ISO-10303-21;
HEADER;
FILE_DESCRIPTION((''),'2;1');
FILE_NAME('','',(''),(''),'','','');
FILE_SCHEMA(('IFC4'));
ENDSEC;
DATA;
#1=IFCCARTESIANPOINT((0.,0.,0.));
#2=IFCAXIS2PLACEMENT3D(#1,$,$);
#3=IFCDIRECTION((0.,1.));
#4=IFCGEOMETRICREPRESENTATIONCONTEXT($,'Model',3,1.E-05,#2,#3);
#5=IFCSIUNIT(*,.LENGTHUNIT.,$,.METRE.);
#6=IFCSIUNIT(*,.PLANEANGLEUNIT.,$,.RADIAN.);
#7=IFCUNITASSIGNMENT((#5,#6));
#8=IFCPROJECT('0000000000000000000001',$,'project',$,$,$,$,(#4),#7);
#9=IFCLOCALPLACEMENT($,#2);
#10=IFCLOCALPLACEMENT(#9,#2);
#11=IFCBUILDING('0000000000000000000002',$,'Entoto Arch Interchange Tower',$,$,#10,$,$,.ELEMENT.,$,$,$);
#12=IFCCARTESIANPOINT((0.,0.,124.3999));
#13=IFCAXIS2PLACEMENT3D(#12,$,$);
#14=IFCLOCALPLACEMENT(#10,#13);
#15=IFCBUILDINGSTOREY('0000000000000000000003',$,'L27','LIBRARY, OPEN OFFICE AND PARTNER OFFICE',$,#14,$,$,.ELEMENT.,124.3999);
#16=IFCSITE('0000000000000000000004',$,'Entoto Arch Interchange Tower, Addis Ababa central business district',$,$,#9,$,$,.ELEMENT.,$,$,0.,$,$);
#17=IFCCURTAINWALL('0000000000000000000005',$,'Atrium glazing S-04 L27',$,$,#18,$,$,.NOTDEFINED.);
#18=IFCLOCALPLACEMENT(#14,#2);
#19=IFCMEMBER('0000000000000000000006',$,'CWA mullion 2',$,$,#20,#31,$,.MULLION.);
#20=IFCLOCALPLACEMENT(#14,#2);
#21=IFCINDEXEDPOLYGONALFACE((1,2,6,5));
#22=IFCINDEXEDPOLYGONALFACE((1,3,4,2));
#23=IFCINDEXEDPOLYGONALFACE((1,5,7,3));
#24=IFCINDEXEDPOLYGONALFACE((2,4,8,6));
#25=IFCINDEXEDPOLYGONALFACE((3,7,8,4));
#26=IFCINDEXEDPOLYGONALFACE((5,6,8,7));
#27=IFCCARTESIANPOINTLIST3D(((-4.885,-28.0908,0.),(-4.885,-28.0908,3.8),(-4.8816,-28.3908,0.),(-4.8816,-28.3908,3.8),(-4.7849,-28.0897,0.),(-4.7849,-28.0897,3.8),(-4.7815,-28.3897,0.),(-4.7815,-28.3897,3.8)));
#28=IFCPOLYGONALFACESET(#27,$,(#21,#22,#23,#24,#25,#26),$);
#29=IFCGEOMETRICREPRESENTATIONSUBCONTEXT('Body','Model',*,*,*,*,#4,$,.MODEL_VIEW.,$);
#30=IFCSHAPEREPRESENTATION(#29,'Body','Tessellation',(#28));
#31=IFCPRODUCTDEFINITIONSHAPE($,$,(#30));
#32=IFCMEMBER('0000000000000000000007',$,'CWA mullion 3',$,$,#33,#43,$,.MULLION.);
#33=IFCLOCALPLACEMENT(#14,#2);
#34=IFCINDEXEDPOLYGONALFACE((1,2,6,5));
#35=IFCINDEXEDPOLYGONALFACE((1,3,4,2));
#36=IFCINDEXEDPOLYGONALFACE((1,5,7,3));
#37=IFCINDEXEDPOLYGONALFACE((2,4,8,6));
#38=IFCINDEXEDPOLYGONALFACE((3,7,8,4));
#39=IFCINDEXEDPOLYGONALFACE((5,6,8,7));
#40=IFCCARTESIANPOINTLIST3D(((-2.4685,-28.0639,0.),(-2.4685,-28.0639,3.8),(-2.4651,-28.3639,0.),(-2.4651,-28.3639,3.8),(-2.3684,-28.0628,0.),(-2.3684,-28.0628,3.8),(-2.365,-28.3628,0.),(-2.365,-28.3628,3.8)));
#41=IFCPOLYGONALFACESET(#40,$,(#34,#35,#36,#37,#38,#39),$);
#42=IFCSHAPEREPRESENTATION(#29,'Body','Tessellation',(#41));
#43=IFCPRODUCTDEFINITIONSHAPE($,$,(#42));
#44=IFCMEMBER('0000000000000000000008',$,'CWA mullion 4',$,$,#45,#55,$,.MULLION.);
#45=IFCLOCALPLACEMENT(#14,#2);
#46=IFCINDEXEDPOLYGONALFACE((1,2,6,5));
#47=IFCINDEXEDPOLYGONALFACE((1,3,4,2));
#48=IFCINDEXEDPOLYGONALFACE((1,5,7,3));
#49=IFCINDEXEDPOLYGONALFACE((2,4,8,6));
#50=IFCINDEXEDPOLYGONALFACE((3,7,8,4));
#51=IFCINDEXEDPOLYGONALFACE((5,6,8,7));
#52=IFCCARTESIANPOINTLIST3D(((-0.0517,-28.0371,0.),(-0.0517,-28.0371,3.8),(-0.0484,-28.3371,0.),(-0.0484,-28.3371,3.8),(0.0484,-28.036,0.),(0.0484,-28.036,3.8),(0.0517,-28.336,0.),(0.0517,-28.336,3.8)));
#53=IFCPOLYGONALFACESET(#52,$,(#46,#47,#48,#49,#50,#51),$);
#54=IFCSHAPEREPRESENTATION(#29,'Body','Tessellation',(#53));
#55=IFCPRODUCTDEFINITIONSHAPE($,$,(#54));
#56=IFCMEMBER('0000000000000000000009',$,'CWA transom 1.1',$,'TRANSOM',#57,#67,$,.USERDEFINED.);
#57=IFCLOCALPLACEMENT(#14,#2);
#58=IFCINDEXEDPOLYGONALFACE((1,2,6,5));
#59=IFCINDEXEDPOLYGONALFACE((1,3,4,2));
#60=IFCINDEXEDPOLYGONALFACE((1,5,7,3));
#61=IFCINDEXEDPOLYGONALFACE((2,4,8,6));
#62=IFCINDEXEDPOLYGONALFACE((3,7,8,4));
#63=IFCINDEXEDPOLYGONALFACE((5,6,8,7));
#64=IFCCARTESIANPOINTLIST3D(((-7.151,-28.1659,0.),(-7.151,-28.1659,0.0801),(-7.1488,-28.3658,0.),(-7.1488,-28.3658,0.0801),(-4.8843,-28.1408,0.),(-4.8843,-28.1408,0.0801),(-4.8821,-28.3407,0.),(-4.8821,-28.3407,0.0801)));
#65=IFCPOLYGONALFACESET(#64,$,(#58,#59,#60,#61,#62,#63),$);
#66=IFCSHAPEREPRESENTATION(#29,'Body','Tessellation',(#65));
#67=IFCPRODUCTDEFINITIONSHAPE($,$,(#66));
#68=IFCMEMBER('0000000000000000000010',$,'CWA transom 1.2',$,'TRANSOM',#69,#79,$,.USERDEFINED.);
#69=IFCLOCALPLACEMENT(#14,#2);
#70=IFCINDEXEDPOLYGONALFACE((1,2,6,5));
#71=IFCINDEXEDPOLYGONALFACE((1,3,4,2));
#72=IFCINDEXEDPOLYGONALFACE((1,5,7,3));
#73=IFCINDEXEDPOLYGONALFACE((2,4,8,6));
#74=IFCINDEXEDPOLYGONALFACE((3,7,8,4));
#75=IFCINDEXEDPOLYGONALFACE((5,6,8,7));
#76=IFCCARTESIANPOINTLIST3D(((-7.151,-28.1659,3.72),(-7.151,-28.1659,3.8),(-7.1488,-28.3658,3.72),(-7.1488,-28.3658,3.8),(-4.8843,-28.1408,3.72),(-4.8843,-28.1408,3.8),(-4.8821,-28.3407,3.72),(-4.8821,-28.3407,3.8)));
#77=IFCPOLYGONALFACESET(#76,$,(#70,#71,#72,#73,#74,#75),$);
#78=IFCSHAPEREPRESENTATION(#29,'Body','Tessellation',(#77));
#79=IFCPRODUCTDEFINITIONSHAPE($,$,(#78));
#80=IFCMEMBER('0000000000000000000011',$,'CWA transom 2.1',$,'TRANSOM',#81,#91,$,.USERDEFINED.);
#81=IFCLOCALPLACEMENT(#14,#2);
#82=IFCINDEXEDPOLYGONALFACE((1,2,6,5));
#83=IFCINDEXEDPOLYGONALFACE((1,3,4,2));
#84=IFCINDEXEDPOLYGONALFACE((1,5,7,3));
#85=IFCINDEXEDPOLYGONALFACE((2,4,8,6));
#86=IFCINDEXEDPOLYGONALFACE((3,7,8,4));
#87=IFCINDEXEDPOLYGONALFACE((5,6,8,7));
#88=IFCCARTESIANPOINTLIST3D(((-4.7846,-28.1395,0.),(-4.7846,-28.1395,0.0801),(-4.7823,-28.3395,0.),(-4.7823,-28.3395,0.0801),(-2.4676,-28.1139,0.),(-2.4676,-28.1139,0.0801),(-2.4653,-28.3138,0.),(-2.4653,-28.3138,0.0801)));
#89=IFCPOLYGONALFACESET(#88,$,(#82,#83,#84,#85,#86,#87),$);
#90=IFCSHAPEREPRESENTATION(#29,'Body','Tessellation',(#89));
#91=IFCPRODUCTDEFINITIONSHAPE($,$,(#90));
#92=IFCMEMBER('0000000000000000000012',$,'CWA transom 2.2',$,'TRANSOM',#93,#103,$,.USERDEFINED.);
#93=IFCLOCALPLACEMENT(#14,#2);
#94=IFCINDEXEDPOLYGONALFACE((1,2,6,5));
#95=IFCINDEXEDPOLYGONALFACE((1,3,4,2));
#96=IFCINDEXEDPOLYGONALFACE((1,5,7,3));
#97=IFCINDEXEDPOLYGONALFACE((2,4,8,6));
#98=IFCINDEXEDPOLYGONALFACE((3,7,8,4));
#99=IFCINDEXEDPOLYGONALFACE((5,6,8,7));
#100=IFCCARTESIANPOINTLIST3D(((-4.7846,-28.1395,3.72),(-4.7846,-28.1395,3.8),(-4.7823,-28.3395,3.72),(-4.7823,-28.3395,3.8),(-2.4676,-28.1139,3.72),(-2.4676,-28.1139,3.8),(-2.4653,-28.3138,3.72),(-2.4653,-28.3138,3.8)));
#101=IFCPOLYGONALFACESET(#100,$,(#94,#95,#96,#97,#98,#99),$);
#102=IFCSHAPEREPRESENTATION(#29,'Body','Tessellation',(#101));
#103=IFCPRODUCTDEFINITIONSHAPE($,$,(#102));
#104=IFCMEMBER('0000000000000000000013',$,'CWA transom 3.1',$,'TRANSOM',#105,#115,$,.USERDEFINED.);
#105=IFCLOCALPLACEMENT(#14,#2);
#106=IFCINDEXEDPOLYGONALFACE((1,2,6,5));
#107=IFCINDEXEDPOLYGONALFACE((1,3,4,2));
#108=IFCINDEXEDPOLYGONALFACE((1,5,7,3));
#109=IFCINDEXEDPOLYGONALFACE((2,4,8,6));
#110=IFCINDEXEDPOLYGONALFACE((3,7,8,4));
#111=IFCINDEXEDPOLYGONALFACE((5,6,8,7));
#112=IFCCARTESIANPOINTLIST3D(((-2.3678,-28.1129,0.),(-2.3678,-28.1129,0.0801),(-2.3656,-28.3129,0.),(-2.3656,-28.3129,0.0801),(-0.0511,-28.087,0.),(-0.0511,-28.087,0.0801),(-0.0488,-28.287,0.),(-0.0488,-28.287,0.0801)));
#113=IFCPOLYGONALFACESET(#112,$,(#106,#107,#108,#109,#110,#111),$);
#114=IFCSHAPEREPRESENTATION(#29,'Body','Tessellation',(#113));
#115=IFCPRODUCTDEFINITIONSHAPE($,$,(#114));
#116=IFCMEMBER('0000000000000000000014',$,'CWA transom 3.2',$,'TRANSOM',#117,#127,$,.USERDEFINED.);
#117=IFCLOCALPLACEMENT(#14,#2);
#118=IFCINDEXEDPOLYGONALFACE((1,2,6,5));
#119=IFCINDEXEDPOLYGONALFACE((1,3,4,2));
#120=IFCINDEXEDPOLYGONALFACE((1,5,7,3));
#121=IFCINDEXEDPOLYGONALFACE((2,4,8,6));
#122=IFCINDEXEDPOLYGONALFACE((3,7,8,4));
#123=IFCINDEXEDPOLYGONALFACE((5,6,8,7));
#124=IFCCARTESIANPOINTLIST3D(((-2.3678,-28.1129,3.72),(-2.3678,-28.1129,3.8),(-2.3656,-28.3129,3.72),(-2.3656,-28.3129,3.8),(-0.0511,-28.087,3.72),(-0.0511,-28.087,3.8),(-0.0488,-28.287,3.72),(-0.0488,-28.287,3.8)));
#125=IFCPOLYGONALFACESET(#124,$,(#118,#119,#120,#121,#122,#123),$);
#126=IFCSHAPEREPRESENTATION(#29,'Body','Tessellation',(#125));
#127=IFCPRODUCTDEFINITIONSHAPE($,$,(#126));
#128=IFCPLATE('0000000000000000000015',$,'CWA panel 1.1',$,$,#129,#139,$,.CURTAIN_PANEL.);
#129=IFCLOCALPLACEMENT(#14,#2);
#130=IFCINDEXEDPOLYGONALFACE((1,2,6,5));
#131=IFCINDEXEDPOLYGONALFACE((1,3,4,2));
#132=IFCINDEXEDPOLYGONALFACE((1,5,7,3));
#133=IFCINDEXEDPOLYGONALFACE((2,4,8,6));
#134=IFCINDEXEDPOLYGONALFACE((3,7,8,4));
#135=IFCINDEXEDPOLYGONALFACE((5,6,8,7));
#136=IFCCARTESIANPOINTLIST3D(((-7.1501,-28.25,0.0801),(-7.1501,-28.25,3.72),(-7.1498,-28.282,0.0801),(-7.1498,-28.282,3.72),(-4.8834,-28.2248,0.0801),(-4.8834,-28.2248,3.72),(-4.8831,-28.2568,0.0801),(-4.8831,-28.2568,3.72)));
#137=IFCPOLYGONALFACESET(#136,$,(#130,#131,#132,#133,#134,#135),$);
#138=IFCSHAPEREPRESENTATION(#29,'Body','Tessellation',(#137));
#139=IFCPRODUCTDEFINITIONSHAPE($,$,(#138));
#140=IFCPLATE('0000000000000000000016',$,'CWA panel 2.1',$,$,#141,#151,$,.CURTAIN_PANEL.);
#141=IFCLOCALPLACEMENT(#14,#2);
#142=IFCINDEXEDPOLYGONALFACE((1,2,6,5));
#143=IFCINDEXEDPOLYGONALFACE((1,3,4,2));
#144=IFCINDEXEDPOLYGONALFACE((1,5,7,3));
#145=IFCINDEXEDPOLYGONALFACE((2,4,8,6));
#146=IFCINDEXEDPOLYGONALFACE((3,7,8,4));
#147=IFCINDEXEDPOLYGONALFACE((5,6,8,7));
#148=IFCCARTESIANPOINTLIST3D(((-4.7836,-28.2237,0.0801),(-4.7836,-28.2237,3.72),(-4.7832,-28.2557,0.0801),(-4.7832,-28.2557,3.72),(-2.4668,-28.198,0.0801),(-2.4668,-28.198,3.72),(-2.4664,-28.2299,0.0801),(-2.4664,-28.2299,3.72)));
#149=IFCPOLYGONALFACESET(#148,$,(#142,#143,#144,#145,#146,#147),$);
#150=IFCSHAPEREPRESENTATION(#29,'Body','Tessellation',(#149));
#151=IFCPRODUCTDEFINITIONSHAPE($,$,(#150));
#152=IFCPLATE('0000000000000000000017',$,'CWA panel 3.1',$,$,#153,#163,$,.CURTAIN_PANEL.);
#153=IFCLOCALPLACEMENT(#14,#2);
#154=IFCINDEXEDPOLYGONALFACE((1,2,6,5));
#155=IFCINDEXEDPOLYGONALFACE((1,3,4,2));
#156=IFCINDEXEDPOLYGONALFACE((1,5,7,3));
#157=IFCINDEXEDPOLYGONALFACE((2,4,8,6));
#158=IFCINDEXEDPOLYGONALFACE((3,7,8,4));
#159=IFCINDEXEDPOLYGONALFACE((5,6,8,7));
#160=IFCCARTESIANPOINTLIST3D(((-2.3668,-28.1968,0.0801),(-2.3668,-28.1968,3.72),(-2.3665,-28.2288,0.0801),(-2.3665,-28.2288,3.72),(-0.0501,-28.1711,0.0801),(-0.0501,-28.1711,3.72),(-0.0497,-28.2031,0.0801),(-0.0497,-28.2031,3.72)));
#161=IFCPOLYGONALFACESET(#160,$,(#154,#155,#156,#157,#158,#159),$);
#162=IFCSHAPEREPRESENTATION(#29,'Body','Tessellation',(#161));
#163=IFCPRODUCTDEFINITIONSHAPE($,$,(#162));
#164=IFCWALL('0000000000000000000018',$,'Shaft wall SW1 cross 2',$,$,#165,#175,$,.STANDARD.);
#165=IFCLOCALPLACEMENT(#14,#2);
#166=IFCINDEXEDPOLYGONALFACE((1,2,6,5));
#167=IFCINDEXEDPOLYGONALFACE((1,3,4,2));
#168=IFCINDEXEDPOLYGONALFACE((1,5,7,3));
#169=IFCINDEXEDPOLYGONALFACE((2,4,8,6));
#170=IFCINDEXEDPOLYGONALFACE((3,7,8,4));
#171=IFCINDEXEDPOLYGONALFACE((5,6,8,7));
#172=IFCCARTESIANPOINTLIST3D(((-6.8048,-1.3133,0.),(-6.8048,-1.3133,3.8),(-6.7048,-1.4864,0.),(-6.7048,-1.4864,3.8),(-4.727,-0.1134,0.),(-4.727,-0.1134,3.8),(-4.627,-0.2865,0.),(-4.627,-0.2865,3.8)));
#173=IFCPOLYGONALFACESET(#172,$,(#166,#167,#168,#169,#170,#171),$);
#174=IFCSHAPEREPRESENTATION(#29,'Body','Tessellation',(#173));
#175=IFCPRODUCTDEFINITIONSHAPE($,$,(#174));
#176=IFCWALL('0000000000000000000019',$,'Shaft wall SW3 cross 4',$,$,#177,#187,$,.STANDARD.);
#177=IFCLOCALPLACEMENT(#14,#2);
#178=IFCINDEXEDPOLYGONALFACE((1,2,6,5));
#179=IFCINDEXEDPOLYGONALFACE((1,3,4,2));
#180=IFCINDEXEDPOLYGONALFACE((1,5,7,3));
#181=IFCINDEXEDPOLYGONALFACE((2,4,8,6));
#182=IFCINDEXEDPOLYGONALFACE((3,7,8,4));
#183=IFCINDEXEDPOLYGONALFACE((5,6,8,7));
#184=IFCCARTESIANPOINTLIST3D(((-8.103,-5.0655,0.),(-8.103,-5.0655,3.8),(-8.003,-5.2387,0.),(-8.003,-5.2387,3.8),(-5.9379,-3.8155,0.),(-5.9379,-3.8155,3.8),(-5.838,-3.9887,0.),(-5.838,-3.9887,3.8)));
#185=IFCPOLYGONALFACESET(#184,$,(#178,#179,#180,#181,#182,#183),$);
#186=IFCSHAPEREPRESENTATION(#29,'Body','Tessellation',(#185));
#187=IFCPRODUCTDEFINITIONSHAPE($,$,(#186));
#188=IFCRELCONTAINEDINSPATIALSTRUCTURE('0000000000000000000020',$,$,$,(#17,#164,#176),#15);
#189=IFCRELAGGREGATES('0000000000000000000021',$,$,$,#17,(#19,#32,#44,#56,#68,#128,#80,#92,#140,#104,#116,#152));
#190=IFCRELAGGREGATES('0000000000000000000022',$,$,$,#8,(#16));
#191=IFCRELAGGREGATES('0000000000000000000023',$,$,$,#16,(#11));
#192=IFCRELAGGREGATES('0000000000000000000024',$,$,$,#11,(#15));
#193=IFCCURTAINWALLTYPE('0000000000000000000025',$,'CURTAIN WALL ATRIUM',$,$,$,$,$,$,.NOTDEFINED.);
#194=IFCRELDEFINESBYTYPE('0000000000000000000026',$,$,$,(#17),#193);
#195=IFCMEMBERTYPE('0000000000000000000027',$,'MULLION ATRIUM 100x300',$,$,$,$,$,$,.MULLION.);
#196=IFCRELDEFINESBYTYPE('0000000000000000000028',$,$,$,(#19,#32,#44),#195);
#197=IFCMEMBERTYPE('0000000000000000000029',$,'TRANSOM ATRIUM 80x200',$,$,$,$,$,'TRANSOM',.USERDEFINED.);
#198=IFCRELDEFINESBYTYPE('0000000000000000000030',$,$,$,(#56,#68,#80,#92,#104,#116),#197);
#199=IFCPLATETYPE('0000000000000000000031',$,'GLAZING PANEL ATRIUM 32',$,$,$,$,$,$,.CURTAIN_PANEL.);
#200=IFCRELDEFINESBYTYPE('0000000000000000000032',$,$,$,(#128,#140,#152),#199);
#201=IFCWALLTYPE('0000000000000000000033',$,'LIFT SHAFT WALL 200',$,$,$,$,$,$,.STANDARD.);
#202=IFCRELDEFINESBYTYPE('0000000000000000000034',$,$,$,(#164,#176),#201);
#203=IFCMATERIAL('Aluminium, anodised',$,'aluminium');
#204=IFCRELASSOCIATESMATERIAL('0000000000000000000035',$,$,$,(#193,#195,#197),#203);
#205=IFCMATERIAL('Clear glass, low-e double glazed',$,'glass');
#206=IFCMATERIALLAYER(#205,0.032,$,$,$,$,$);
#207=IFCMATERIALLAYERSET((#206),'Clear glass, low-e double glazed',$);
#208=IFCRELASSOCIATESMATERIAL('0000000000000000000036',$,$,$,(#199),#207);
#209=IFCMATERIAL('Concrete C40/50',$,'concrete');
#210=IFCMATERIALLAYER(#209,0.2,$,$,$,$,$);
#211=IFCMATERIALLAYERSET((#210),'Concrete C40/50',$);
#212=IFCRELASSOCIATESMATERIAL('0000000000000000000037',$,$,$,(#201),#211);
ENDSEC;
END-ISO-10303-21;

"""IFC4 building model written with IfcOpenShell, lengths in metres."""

from ifc_helpers import new_model, si_unit, direction, frame, frame_2d, origin, origin_2d, place, context, subcontext, project, spatial, rectangle, extrude, material, layer, layer_set, material_profile, profile_set, type_object, element, aggregate, save


model = new_model("IFC4")

# Units and contexts
model_context = context("Model", 3, precision=1e-05, world=origin(), true_north=direction((0.0, 1.0)))
body_context = subcontext(model_context, "Body", "Model", "MODEL_VIEW")
ifc_project = project(units=[si_unit("LENGTHUNIT", "METRE"), si_unit("PLANEANGLEUNIT", "RADIAN")], contexts=[model_context])

# Site, building, storey
site_placement = place(None, origin())
site = spatial("IfcSite", under=ifc_project, at=site_placement, Name="Entoto Arch Interchange Tower, Addis Ababa central business district", CompositionType="ELEMENT", RefElevation=0.0)
building_placement = place(site_placement, origin())
building = spatial("IfcBuilding", under=site, at=building_placement, Name="Entoto Arch Interchange Tower", CompositionType="ELEMENT")
storey_placement = place(building_placement, frame((0.0, 0.0, 124.3999)))
storey = spatial("IfcBuildingStorey", under=building, at=storey_placement, Name="L27", Description="LIBRARY, OPEN OFFICE AND PARTNER OFFICE", CompositionType="ELEMENT", Elevation=124.3999)

# Curtain wall, members, plates
ifc_material_1 = material(Name="Aluminium, anodised", Category="aluminium")
curtain_wall_type = type_object("IfcCurtainWallType", Name="CURTAIN WALL ATRIUM", PredefinedType="NOTDEFINED", material=ifc_material_1)
curtain_wall_placement = place(storey_placement, origin())
curtain_wall = element("IfcCurtainWall", 1, at=curtain_wall_placement, inside=storey, type_object=curtain_wall_type, Name="Atrium glazing S-04 L27", PredefinedType="NOTDEFINED")
ifc_material_profile_1 = material_profile(ifc_material_1, rectangle(XDim=0.3, YDim=0.1001, at=origin_2d()))
ifc_profile_set_1 = profile_set([ifc_material_profile_1], Name="Aluminium, anodised")
member_type_1 = type_object("IfcMemberType", Name="MULLION ATRIUM 100x300", PredefinedType="MULLION", material=ifc_profile_set_1)
member_1_placement = place(storey_placement, frame((-4.8333, -28.2402, 0.0), z_axis=(0.0, 0.0, 1.0), x_axis=(-0.011103, 0.999938, 0.0)))
member_1 = element("IfcMember", 2, at=member_1_placement, type_object=member_type_1, Name="CWA mullion 2", PredefinedType="MULLION", context=body_context, shape_type="SweptSolid", body=[
    extrude(rectangle(XDim=0.3, YDim=0.1001, at=origin_2d()), origin(), (0.0, 0.0, 1.0), 3.8),
])
member_2_placement = place(storey_placement, frame((-2.4167, -28.2134, 0.0), z_axis=(0.0, 0.0, 1.0), x_axis=(-0.011103, 0.999938, 0.0)))
member_2 = element("IfcMember", 3, at=member_2_placement, type_object=member_type_1, Name="CWA mullion 3", PredefinedType="MULLION", context=body_context, shape_type="SweptSolid", body=[
    extrude(rectangle(XDim=0.3, YDim=0.1001, at=origin_2d()), origin(), (0.0, 0.0, 1.0), 3.8),
])
member_3_placement = place(storey_placement, frame((0.0, -28.1865, 0.0), z_axis=(0.0, 0.0, 1.0), x_axis=(-0.011103, 0.999938, 0.0)))
member_3 = element("IfcMember", 4, at=member_3_placement, type_object=member_type_1, Name="CWA mullion 4", PredefinedType="MULLION", context=body_context, shape_type="SweptSolid", body=[
    extrude(rectangle(XDim=0.3, YDim=0.1001, at=origin_2d()), origin(), (0.0, 0.0, 1.0), 3.8),
])
ifc_material_profile_2 = material_profile(ifc_material_1, rectangle(XDim=0.2, YDim=0.0801, at=origin_2d()))
ifc_profile_set_2 = profile_set([ifc_material_profile_2], Name="Aluminium, anodised")
member_type_2 = type_object("IfcMemberType", Name="TRANSOM ATRIUM 80x200", ElementType="TRANSOM", PredefinedType="USERDEFINED", material=ifc_profile_set_2)
member_4_placement = place(storey_placement, frame((-7.1499, -28.2659, 0.04), z_axis=(0.999938, 0.011094, 0.0), x_axis=(-0.011094, 0.999938, 0.0)))
member_4 = element("IfcMember", 5, at=member_4_placement, type_object=member_type_2, Name="CWA transom 1.1", ObjectType="TRANSOM", PredefinedType="USERDEFINED", context=body_context, shape_type="SweptSolid", body=[
    extrude(rectangle(XDim=0.2, YDim=0.0801, at=origin_2d()), origin(), (0.0, 0.0, 1.0), 2.2668),
])
member_5_placement = place(storey_placement, frame((-7.1499, -28.2659, 3.76), z_axis=(0.999938, 0.011094, 0.0), x_axis=(-0.011094, 0.999938, 0.0)))
member_5 = element("IfcMember", 6, at=member_5_placement, type_object=member_type_2, Name="CWA transom 1.2", ObjectType="TRANSOM", PredefinedType="USERDEFINED", context=body_context, shape_type="SweptSolid", body=[
    extrude(rectangle(XDim=0.2, YDim=0.0801, at=origin_2d()), origin(), (0.0, 0.0, 1.0), 2.2668),
])
member_6_placement = place(storey_placement, frame((-4.7834, -28.2395, 0.04), z_axis=(0.999939, 0.011064, 0.0), x_axis=(-0.011064, 0.999939, 0.0)))
member_6 = element("IfcMember", 7, at=member_6_placement, type_object=member_type_2, Name="CWA transom 2.1", ObjectType="TRANSOM", PredefinedType="USERDEFINED", context=body_context, shape_type="SweptSolid", body=[
    extrude(rectangle(XDim=0.2, YDim=0.0801, at=origin_2d()), origin(), (0.0, 0.0, 1.0), 2.3171),
])
member_7_placement = place(storey_placement, frame((-4.7834, -28.2395, 3.76), z_axis=(0.999939, 0.011064, 0.0), x_axis=(-0.011064, 0.999939, 0.0)))
member_7 = element("IfcMember", 8, at=member_7_placement, type_object=member_type_2, Name="CWA transom 2.2", ObjectType="TRANSOM", PredefinedType="USERDEFINED", context=body_context, shape_type="SweptSolid", body=[
    extrude(rectangle(XDim=0.2, YDim=0.0801, at=origin_2d()), origin(), (0.0, 0.0, 1.0), 2.3171),
])
member_8_placement = place(storey_placement, frame((-2.3667, -28.2129, 0.04), z_axis=(0.999938, 0.01117, 0.0), x_axis=(-0.01117, 0.999938, 0.0)))
member_8 = element("IfcMember", 9, at=member_8_placement, type_object=member_type_2, Name="CWA transom 3.1", ObjectType="TRANSOM", PredefinedType="USERDEFINED", context=body_context, shape_type="SweptSolid", body=[
    extrude(rectangle(XDim=0.2, YDim=0.0801, at=origin_2d()), origin(), (0.0, 0.0, 1.0), 2.3169),
])
member_9_placement = place(storey_placement, frame((-2.3667, -28.2129, 3.76), z_axis=(0.999938, 0.01117, 0.0), x_axis=(-0.01117, 0.999938, 0.0)))
member_9 = element("IfcMember", 10, at=member_9_placement, type_object=member_type_2, Name="CWA transom 3.2", ObjectType="TRANSOM", PredefinedType="USERDEFINED", context=body_context, shape_type="SweptSolid", body=[
    extrude(rectangle(XDim=0.2, YDim=0.0801, at=origin_2d()), origin(), (0.0, 0.0, 1.0), 2.3169),
])
ifc_material_2 = material(Name="Clear glass, low-e double glazed", Category="glass")
ifc_layer_1 = layer(ifc_material_2, 0.032)
ifc_layer_set_1 = layer_set([ifc_layer_1], Name="Clear glass, low-e double glazed")
plate_type = type_object("IfcPlateType", Name="GLAZING PANEL ATRIUM 32", PredefinedType="CURTAIN_PANEL", material=ifc_layer_set_1)
plate_1_placement = place(storey_placement, frame((-6.0166, -28.2534, 0.0801), z_axis=(0.0, 0.0, 1.0), x_axis=(0.999938, 0.011103, 0.0)))
plate_1 = element("IfcPlate", 11, at=plate_1_placement, type_object=plate_type, Name="CWA panel 1.1", PredefinedType="CURTAIN_PANEL", context=body_context, shape_type="SweptSolid", body=[
    extrude(rectangle(XDim=2.2668, YDim=0.032, at=origin_2d()), origin(), (0.0, 0.0, 1.0), 3.6399),
])
plate_2_placement = place(storey_placement, frame((-3.625, -28.2268, 0.0801), z_axis=(0.0, 0.0, 1.0), x_axis=(0.999938, 0.011103, 0.0)))
plate_2 = element("IfcPlate", 12, at=plate_2_placement, type_object=plate_type, Name="CWA panel 2.1", PredefinedType="CURTAIN_PANEL", context=body_context, shape_type="SweptSolid", body=[
    extrude(rectangle(XDim=2.3169, YDim=0.032, at=origin_2d()), origin(), (0.0, 0.0, 1.0), 3.6399),
])
plate_3_placement = place(storey_placement, frame((-1.2083, -28.2, 0.0801), z_axis=(0.0, 0.0, 1.0), x_axis=(0.999938, 0.011103, 0.0)))
plate_3 = element("IfcPlate", 13, at=plate_3_placement, type_object=plate_type, Name="CWA panel 3.1", PredefinedType="CURTAIN_PANEL", context=body_context, shape_type="SweptSolid", body=[
    extrude(rectangle(XDim=2.3169, YDim=0.032, at=origin_2d()), origin(), (0.0, 0.0, 1.0), 3.6399),
])
aggregate(curtain_wall, [member_1, member_2, member_3, member_4, member_5, plate_1, member_6, member_7, plate_2, member_8, member_9, plate_3])

# Walls
ifc_material_3 = material(Name="Concrete C40/50", Category="concrete")
ifc_layer_2 = layer(ifc_material_3, 0.2)
ifc_layer_set_2 = layer_set([ifc_layer_2], Name="Concrete C40/50")
wall_type_1 = type_object("IfcWallType", Name="LIFT SHAFT WALL 200", PredefinedType="STANDARD", material=ifc_layer_set_2)
wall_1_placement = place(storey_placement, frame((-4.677, -0.2, 0.0), z_axis=(0.0, 0.0, 1.0), x_axis=(-0.865974, -0.500089, 0.0)))
element("IfcWall", 14, at=wall_1_placement, inside=storey, type_object=wall_type_1, Name="Shaft wall SW1 cross 2", PredefinedType="STANDARD", context=body_context, shape_type="SweptSolid", body=[
    extrude(rectangle(XDim=2.3994, YDim=0.2, at=frame_2d((1.1997, 0.0))), origin(), (0.0, 0.0, 1.0), 3.8),
])
for number, where, z_axis, x_axis, name in (
    (15, (-5.8879, -3.9021, 0.0), (0.0, 0.0, 1.0), (-0.866023, -0.500004, 0.0), "Shaft wall SW3 cross 4"),
):
    element("IfcWall", number, at=place(storey_placement, frame(where, z_axis=z_axis, x_axis=x_axis)), inside=storey, type_object=wall_type_1, Name=name, PredefinedType="STANDARD", context=body_context, shape_type="SweptSolid", body=[
        extrude(rectangle(XDim=2.5, YDim=0.2, at=frame_2d((1.25, 0.0))), origin(), (0.0, 0.0, 1.0), 3.8),
    ])

save(model, "model.ifc")
